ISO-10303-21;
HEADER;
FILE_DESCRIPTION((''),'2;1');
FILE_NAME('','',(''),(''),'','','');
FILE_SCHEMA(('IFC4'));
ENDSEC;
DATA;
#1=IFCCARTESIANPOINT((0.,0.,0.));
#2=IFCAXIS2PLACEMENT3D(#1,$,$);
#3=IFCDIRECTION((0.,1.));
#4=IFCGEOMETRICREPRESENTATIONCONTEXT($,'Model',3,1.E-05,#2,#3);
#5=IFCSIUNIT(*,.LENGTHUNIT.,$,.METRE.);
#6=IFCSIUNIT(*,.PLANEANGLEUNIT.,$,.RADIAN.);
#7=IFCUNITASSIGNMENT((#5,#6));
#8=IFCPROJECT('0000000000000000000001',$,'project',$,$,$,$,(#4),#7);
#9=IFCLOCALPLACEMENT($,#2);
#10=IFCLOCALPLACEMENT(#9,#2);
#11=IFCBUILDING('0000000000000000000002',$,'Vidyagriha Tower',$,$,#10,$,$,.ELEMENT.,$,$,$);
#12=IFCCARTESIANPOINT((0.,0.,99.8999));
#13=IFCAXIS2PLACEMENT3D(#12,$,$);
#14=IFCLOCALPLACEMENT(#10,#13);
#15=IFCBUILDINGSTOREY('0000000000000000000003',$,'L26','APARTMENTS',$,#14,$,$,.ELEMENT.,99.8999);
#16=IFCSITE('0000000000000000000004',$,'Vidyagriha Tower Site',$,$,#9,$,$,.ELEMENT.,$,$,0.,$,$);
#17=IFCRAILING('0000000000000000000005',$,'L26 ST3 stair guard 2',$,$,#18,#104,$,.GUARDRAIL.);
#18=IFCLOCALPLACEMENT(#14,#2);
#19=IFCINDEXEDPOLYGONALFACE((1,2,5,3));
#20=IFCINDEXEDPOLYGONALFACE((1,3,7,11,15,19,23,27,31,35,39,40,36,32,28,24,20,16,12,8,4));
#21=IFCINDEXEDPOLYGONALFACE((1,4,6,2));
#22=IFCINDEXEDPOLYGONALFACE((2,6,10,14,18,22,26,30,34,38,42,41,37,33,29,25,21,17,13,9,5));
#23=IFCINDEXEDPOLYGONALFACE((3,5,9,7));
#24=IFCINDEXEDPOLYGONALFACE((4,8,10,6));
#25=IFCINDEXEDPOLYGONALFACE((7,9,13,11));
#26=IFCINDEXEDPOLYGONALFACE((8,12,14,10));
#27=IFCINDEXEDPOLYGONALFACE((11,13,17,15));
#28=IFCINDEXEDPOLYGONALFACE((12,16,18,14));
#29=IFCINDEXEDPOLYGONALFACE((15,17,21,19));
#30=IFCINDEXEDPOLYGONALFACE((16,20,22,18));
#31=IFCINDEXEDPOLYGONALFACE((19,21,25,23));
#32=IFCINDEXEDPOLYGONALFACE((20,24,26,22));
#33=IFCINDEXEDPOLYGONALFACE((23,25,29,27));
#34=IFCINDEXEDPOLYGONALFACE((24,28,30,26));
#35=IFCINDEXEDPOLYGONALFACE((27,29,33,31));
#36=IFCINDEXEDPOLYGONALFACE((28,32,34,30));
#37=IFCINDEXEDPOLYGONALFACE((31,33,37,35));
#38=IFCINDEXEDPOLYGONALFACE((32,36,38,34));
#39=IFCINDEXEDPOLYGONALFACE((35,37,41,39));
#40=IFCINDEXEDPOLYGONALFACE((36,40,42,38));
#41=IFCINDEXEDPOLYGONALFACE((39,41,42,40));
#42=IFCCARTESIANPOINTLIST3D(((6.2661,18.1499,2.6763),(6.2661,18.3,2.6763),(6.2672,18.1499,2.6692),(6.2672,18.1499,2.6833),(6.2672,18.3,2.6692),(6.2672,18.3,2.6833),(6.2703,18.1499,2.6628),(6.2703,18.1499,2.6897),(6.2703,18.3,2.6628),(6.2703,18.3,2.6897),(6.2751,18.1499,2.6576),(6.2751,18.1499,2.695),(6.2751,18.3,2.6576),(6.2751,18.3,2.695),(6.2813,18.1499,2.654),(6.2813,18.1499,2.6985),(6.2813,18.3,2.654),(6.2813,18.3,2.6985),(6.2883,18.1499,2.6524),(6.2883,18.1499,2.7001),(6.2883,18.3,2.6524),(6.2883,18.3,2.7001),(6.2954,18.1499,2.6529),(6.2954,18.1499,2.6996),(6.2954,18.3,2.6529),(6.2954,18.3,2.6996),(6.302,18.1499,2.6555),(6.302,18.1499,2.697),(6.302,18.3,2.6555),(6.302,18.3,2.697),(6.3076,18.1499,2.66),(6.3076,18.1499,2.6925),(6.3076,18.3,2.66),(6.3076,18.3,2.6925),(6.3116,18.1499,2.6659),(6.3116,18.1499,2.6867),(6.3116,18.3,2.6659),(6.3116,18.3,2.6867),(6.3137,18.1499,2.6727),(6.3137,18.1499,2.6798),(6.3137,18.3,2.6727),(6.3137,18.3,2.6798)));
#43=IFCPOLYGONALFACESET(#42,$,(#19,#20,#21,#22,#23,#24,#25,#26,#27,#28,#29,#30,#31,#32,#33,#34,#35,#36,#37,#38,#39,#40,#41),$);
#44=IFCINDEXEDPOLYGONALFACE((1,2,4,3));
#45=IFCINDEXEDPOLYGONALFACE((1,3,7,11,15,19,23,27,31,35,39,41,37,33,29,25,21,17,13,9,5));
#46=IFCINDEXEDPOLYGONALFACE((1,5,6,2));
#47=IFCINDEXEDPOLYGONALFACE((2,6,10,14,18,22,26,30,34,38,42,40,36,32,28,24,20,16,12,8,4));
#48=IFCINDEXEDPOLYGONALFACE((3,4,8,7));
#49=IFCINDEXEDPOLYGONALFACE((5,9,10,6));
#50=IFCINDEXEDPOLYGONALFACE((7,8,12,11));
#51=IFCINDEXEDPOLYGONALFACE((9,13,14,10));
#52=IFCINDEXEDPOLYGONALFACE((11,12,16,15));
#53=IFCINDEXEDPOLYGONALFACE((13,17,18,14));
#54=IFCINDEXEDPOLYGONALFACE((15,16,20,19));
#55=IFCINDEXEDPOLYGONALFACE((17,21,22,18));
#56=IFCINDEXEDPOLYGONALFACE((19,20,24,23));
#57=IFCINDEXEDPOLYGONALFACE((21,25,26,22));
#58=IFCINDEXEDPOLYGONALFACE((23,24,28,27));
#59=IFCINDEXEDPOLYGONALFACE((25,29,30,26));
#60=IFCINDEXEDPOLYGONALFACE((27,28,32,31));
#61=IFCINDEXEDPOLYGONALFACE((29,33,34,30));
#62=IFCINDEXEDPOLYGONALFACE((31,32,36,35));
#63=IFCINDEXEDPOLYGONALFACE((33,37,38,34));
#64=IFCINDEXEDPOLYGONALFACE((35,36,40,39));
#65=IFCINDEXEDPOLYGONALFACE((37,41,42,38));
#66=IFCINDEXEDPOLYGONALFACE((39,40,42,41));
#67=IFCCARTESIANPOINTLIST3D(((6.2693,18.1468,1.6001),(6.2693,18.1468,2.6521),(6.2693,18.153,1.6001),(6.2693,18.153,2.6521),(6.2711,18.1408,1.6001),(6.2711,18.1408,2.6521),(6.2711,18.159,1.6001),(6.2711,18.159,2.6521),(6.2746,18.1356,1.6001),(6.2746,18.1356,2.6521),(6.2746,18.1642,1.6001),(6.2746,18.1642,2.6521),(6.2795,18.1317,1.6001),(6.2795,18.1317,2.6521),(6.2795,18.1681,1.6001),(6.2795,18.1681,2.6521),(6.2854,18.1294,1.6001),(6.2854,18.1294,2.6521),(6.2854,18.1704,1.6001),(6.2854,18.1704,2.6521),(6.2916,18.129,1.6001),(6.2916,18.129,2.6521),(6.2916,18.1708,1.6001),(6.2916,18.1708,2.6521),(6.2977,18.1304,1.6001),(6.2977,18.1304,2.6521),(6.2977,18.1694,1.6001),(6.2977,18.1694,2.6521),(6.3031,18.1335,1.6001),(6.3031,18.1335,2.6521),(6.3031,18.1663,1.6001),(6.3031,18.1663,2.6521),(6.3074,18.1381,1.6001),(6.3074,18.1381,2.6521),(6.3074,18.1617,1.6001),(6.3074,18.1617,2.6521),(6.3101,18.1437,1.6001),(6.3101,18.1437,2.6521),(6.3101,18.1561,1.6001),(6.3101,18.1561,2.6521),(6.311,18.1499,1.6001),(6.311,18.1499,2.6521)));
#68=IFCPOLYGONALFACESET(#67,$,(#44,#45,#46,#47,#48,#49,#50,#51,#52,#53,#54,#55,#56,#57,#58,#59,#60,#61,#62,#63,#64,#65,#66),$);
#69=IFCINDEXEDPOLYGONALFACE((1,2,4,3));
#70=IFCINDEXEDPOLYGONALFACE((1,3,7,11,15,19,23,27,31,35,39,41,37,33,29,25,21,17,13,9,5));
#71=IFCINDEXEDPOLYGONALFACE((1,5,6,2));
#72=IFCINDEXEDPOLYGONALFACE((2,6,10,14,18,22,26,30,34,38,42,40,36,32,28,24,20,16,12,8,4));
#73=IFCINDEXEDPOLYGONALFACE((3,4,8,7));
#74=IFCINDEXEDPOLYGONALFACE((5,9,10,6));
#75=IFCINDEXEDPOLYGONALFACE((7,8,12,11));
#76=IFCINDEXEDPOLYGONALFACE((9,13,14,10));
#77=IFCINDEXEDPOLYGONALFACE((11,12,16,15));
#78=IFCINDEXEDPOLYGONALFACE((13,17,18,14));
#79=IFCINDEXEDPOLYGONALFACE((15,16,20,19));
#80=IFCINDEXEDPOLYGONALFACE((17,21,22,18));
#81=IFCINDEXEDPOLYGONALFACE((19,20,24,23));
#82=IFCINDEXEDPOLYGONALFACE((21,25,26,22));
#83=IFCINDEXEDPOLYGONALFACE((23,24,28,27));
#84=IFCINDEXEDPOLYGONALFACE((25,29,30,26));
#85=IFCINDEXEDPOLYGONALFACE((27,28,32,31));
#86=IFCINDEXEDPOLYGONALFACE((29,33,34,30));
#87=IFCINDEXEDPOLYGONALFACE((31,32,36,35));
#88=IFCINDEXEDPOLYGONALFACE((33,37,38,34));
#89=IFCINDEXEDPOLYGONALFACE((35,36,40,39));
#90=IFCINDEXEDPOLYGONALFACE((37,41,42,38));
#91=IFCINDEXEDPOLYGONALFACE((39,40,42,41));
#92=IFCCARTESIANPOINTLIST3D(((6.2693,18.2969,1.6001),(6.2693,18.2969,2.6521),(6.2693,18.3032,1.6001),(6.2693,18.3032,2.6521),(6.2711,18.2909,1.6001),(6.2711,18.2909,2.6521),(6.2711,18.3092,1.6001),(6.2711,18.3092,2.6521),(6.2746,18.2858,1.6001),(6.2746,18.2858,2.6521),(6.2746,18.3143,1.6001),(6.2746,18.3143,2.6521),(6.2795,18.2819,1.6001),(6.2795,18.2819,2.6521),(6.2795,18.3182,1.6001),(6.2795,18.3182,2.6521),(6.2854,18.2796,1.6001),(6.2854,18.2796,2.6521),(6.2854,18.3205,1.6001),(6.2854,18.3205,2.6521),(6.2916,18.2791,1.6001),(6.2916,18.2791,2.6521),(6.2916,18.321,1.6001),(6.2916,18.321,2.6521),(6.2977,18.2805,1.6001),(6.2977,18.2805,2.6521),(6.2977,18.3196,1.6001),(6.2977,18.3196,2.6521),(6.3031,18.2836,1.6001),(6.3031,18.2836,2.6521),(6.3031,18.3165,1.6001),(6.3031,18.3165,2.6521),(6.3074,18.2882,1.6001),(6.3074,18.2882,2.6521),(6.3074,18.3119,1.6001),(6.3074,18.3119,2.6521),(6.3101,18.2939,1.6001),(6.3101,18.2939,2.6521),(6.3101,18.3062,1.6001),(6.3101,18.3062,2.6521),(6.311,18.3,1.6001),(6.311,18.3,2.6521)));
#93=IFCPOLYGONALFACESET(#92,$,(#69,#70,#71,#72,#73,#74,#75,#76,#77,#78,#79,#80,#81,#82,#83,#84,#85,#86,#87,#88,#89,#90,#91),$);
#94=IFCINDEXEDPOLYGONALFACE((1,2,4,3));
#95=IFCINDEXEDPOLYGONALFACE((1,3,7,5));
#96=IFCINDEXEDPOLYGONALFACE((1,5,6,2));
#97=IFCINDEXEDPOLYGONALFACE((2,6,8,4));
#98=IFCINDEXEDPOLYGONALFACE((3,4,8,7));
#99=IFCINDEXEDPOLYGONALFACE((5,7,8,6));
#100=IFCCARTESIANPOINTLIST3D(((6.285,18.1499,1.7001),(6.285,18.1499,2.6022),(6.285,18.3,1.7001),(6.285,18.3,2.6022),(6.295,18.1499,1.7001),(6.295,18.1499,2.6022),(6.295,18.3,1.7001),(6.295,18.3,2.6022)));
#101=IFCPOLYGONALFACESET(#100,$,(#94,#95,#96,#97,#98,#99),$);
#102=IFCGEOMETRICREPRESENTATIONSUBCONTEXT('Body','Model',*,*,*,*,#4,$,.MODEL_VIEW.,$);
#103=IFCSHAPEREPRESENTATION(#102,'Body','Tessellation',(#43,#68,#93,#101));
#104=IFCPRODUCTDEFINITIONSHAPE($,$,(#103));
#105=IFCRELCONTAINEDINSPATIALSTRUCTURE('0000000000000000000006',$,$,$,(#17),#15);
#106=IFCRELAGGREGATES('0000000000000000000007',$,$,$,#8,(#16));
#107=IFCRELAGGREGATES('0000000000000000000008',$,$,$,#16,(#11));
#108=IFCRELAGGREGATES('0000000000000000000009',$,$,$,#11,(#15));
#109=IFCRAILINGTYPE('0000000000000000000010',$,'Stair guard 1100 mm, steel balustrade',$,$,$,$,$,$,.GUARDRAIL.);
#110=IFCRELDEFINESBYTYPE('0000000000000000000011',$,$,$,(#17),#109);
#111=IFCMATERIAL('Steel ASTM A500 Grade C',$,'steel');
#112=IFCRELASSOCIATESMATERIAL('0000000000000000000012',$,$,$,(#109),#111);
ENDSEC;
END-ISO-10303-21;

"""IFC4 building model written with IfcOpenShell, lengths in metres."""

from ifc_helpers import new_model, si_unit, direction, frame, origin, origin_2d, place, context, subcontext, project, spatial, rectangle, circle, extrude, material, type_object, element, save


model = new_model("IFC4")

# Units and contexts
model_context = context("Model", 3, precision=1e-05, world=origin(), true_north=direction((0.0, 1.0)))
body_context = subcontext(model_context, "Body", "Model", "MODEL_VIEW")
ifc_project = project(units=[si_unit("LENGTHUNIT", "METRE"), si_unit("PLANEANGLEUNIT", "RADIAN")], contexts=[model_context])

# Site, building, storey
site_placement = place(None, origin())
site = spatial("IfcSite", under=ifc_project, at=site_placement, Name="Vidyagriha Tower Site", CompositionType="ELEMENT", RefElevation=0.0)
building_placement = place(site_placement, origin())
building = spatial("IfcBuilding", under=site, at=building_placement, Name="Vidyagriha Tower", CompositionType="ELEMENT")
storey_placement = place(building_placement, frame((0.0, 0.0, 99.8999)))
storey = spatial("IfcBuildingStorey", under=building, at=storey_placement, Name="L26", Description="APARTMENTS", CompositionType="ELEMENT", Elevation=99.8999)

# Railing
ifc_material_1 = material(Name="Steel ASTM A500 Grade C", Category="steel")
railing_type_1 = type_object("IfcRailingType", Name="Stair guard 1100 mm, steel balustrade", PredefinedType="GUARDRAIL", material=ifc_material_1)
railing_1_placement = place(storey_placement, frame((6.29, 18.1499, 1.6001)))
element("IfcRailing", 1, at=railing_1_placement, inside=storey, type_object=railing_type_1, Name="L26 ST3 stair guard 2", PredefinedType="GUARDRAIL", context=body_context, shape_type="SweptSolid", body=[
    extrude(circle(Radius=0.0239, at=origin_2d()), frame((0.0, 0.0, 1.0762), z_axis=(0.0, 1.0, 0.0), x_axis=(-1.0, 0.0, 0.0)), (0.0, 0.0, 1.0), 0.1501),
    extrude(circle(Radius=0.021, at=origin_2d()), origin(), (0.0, 0.0, 1.0), 1.052),
    extrude(circle(Radius=0.021, at=origin_2d()), frame((0.0, 0.1501, 0.0)), (0.0, 0.0, 1.0), 1.052),
    extrude(rectangle(XDim=0.01, YDim=0.9021, at=origin_2d()), frame((0.0, 0.0, 0.551), z_axis=(0.0, 1.0, 0.0), x_axis=(-1.0, 0.0, 0.0)), (0.0, 0.0, 1.0), 0.1501),
])

save(model, "model.ifc")
